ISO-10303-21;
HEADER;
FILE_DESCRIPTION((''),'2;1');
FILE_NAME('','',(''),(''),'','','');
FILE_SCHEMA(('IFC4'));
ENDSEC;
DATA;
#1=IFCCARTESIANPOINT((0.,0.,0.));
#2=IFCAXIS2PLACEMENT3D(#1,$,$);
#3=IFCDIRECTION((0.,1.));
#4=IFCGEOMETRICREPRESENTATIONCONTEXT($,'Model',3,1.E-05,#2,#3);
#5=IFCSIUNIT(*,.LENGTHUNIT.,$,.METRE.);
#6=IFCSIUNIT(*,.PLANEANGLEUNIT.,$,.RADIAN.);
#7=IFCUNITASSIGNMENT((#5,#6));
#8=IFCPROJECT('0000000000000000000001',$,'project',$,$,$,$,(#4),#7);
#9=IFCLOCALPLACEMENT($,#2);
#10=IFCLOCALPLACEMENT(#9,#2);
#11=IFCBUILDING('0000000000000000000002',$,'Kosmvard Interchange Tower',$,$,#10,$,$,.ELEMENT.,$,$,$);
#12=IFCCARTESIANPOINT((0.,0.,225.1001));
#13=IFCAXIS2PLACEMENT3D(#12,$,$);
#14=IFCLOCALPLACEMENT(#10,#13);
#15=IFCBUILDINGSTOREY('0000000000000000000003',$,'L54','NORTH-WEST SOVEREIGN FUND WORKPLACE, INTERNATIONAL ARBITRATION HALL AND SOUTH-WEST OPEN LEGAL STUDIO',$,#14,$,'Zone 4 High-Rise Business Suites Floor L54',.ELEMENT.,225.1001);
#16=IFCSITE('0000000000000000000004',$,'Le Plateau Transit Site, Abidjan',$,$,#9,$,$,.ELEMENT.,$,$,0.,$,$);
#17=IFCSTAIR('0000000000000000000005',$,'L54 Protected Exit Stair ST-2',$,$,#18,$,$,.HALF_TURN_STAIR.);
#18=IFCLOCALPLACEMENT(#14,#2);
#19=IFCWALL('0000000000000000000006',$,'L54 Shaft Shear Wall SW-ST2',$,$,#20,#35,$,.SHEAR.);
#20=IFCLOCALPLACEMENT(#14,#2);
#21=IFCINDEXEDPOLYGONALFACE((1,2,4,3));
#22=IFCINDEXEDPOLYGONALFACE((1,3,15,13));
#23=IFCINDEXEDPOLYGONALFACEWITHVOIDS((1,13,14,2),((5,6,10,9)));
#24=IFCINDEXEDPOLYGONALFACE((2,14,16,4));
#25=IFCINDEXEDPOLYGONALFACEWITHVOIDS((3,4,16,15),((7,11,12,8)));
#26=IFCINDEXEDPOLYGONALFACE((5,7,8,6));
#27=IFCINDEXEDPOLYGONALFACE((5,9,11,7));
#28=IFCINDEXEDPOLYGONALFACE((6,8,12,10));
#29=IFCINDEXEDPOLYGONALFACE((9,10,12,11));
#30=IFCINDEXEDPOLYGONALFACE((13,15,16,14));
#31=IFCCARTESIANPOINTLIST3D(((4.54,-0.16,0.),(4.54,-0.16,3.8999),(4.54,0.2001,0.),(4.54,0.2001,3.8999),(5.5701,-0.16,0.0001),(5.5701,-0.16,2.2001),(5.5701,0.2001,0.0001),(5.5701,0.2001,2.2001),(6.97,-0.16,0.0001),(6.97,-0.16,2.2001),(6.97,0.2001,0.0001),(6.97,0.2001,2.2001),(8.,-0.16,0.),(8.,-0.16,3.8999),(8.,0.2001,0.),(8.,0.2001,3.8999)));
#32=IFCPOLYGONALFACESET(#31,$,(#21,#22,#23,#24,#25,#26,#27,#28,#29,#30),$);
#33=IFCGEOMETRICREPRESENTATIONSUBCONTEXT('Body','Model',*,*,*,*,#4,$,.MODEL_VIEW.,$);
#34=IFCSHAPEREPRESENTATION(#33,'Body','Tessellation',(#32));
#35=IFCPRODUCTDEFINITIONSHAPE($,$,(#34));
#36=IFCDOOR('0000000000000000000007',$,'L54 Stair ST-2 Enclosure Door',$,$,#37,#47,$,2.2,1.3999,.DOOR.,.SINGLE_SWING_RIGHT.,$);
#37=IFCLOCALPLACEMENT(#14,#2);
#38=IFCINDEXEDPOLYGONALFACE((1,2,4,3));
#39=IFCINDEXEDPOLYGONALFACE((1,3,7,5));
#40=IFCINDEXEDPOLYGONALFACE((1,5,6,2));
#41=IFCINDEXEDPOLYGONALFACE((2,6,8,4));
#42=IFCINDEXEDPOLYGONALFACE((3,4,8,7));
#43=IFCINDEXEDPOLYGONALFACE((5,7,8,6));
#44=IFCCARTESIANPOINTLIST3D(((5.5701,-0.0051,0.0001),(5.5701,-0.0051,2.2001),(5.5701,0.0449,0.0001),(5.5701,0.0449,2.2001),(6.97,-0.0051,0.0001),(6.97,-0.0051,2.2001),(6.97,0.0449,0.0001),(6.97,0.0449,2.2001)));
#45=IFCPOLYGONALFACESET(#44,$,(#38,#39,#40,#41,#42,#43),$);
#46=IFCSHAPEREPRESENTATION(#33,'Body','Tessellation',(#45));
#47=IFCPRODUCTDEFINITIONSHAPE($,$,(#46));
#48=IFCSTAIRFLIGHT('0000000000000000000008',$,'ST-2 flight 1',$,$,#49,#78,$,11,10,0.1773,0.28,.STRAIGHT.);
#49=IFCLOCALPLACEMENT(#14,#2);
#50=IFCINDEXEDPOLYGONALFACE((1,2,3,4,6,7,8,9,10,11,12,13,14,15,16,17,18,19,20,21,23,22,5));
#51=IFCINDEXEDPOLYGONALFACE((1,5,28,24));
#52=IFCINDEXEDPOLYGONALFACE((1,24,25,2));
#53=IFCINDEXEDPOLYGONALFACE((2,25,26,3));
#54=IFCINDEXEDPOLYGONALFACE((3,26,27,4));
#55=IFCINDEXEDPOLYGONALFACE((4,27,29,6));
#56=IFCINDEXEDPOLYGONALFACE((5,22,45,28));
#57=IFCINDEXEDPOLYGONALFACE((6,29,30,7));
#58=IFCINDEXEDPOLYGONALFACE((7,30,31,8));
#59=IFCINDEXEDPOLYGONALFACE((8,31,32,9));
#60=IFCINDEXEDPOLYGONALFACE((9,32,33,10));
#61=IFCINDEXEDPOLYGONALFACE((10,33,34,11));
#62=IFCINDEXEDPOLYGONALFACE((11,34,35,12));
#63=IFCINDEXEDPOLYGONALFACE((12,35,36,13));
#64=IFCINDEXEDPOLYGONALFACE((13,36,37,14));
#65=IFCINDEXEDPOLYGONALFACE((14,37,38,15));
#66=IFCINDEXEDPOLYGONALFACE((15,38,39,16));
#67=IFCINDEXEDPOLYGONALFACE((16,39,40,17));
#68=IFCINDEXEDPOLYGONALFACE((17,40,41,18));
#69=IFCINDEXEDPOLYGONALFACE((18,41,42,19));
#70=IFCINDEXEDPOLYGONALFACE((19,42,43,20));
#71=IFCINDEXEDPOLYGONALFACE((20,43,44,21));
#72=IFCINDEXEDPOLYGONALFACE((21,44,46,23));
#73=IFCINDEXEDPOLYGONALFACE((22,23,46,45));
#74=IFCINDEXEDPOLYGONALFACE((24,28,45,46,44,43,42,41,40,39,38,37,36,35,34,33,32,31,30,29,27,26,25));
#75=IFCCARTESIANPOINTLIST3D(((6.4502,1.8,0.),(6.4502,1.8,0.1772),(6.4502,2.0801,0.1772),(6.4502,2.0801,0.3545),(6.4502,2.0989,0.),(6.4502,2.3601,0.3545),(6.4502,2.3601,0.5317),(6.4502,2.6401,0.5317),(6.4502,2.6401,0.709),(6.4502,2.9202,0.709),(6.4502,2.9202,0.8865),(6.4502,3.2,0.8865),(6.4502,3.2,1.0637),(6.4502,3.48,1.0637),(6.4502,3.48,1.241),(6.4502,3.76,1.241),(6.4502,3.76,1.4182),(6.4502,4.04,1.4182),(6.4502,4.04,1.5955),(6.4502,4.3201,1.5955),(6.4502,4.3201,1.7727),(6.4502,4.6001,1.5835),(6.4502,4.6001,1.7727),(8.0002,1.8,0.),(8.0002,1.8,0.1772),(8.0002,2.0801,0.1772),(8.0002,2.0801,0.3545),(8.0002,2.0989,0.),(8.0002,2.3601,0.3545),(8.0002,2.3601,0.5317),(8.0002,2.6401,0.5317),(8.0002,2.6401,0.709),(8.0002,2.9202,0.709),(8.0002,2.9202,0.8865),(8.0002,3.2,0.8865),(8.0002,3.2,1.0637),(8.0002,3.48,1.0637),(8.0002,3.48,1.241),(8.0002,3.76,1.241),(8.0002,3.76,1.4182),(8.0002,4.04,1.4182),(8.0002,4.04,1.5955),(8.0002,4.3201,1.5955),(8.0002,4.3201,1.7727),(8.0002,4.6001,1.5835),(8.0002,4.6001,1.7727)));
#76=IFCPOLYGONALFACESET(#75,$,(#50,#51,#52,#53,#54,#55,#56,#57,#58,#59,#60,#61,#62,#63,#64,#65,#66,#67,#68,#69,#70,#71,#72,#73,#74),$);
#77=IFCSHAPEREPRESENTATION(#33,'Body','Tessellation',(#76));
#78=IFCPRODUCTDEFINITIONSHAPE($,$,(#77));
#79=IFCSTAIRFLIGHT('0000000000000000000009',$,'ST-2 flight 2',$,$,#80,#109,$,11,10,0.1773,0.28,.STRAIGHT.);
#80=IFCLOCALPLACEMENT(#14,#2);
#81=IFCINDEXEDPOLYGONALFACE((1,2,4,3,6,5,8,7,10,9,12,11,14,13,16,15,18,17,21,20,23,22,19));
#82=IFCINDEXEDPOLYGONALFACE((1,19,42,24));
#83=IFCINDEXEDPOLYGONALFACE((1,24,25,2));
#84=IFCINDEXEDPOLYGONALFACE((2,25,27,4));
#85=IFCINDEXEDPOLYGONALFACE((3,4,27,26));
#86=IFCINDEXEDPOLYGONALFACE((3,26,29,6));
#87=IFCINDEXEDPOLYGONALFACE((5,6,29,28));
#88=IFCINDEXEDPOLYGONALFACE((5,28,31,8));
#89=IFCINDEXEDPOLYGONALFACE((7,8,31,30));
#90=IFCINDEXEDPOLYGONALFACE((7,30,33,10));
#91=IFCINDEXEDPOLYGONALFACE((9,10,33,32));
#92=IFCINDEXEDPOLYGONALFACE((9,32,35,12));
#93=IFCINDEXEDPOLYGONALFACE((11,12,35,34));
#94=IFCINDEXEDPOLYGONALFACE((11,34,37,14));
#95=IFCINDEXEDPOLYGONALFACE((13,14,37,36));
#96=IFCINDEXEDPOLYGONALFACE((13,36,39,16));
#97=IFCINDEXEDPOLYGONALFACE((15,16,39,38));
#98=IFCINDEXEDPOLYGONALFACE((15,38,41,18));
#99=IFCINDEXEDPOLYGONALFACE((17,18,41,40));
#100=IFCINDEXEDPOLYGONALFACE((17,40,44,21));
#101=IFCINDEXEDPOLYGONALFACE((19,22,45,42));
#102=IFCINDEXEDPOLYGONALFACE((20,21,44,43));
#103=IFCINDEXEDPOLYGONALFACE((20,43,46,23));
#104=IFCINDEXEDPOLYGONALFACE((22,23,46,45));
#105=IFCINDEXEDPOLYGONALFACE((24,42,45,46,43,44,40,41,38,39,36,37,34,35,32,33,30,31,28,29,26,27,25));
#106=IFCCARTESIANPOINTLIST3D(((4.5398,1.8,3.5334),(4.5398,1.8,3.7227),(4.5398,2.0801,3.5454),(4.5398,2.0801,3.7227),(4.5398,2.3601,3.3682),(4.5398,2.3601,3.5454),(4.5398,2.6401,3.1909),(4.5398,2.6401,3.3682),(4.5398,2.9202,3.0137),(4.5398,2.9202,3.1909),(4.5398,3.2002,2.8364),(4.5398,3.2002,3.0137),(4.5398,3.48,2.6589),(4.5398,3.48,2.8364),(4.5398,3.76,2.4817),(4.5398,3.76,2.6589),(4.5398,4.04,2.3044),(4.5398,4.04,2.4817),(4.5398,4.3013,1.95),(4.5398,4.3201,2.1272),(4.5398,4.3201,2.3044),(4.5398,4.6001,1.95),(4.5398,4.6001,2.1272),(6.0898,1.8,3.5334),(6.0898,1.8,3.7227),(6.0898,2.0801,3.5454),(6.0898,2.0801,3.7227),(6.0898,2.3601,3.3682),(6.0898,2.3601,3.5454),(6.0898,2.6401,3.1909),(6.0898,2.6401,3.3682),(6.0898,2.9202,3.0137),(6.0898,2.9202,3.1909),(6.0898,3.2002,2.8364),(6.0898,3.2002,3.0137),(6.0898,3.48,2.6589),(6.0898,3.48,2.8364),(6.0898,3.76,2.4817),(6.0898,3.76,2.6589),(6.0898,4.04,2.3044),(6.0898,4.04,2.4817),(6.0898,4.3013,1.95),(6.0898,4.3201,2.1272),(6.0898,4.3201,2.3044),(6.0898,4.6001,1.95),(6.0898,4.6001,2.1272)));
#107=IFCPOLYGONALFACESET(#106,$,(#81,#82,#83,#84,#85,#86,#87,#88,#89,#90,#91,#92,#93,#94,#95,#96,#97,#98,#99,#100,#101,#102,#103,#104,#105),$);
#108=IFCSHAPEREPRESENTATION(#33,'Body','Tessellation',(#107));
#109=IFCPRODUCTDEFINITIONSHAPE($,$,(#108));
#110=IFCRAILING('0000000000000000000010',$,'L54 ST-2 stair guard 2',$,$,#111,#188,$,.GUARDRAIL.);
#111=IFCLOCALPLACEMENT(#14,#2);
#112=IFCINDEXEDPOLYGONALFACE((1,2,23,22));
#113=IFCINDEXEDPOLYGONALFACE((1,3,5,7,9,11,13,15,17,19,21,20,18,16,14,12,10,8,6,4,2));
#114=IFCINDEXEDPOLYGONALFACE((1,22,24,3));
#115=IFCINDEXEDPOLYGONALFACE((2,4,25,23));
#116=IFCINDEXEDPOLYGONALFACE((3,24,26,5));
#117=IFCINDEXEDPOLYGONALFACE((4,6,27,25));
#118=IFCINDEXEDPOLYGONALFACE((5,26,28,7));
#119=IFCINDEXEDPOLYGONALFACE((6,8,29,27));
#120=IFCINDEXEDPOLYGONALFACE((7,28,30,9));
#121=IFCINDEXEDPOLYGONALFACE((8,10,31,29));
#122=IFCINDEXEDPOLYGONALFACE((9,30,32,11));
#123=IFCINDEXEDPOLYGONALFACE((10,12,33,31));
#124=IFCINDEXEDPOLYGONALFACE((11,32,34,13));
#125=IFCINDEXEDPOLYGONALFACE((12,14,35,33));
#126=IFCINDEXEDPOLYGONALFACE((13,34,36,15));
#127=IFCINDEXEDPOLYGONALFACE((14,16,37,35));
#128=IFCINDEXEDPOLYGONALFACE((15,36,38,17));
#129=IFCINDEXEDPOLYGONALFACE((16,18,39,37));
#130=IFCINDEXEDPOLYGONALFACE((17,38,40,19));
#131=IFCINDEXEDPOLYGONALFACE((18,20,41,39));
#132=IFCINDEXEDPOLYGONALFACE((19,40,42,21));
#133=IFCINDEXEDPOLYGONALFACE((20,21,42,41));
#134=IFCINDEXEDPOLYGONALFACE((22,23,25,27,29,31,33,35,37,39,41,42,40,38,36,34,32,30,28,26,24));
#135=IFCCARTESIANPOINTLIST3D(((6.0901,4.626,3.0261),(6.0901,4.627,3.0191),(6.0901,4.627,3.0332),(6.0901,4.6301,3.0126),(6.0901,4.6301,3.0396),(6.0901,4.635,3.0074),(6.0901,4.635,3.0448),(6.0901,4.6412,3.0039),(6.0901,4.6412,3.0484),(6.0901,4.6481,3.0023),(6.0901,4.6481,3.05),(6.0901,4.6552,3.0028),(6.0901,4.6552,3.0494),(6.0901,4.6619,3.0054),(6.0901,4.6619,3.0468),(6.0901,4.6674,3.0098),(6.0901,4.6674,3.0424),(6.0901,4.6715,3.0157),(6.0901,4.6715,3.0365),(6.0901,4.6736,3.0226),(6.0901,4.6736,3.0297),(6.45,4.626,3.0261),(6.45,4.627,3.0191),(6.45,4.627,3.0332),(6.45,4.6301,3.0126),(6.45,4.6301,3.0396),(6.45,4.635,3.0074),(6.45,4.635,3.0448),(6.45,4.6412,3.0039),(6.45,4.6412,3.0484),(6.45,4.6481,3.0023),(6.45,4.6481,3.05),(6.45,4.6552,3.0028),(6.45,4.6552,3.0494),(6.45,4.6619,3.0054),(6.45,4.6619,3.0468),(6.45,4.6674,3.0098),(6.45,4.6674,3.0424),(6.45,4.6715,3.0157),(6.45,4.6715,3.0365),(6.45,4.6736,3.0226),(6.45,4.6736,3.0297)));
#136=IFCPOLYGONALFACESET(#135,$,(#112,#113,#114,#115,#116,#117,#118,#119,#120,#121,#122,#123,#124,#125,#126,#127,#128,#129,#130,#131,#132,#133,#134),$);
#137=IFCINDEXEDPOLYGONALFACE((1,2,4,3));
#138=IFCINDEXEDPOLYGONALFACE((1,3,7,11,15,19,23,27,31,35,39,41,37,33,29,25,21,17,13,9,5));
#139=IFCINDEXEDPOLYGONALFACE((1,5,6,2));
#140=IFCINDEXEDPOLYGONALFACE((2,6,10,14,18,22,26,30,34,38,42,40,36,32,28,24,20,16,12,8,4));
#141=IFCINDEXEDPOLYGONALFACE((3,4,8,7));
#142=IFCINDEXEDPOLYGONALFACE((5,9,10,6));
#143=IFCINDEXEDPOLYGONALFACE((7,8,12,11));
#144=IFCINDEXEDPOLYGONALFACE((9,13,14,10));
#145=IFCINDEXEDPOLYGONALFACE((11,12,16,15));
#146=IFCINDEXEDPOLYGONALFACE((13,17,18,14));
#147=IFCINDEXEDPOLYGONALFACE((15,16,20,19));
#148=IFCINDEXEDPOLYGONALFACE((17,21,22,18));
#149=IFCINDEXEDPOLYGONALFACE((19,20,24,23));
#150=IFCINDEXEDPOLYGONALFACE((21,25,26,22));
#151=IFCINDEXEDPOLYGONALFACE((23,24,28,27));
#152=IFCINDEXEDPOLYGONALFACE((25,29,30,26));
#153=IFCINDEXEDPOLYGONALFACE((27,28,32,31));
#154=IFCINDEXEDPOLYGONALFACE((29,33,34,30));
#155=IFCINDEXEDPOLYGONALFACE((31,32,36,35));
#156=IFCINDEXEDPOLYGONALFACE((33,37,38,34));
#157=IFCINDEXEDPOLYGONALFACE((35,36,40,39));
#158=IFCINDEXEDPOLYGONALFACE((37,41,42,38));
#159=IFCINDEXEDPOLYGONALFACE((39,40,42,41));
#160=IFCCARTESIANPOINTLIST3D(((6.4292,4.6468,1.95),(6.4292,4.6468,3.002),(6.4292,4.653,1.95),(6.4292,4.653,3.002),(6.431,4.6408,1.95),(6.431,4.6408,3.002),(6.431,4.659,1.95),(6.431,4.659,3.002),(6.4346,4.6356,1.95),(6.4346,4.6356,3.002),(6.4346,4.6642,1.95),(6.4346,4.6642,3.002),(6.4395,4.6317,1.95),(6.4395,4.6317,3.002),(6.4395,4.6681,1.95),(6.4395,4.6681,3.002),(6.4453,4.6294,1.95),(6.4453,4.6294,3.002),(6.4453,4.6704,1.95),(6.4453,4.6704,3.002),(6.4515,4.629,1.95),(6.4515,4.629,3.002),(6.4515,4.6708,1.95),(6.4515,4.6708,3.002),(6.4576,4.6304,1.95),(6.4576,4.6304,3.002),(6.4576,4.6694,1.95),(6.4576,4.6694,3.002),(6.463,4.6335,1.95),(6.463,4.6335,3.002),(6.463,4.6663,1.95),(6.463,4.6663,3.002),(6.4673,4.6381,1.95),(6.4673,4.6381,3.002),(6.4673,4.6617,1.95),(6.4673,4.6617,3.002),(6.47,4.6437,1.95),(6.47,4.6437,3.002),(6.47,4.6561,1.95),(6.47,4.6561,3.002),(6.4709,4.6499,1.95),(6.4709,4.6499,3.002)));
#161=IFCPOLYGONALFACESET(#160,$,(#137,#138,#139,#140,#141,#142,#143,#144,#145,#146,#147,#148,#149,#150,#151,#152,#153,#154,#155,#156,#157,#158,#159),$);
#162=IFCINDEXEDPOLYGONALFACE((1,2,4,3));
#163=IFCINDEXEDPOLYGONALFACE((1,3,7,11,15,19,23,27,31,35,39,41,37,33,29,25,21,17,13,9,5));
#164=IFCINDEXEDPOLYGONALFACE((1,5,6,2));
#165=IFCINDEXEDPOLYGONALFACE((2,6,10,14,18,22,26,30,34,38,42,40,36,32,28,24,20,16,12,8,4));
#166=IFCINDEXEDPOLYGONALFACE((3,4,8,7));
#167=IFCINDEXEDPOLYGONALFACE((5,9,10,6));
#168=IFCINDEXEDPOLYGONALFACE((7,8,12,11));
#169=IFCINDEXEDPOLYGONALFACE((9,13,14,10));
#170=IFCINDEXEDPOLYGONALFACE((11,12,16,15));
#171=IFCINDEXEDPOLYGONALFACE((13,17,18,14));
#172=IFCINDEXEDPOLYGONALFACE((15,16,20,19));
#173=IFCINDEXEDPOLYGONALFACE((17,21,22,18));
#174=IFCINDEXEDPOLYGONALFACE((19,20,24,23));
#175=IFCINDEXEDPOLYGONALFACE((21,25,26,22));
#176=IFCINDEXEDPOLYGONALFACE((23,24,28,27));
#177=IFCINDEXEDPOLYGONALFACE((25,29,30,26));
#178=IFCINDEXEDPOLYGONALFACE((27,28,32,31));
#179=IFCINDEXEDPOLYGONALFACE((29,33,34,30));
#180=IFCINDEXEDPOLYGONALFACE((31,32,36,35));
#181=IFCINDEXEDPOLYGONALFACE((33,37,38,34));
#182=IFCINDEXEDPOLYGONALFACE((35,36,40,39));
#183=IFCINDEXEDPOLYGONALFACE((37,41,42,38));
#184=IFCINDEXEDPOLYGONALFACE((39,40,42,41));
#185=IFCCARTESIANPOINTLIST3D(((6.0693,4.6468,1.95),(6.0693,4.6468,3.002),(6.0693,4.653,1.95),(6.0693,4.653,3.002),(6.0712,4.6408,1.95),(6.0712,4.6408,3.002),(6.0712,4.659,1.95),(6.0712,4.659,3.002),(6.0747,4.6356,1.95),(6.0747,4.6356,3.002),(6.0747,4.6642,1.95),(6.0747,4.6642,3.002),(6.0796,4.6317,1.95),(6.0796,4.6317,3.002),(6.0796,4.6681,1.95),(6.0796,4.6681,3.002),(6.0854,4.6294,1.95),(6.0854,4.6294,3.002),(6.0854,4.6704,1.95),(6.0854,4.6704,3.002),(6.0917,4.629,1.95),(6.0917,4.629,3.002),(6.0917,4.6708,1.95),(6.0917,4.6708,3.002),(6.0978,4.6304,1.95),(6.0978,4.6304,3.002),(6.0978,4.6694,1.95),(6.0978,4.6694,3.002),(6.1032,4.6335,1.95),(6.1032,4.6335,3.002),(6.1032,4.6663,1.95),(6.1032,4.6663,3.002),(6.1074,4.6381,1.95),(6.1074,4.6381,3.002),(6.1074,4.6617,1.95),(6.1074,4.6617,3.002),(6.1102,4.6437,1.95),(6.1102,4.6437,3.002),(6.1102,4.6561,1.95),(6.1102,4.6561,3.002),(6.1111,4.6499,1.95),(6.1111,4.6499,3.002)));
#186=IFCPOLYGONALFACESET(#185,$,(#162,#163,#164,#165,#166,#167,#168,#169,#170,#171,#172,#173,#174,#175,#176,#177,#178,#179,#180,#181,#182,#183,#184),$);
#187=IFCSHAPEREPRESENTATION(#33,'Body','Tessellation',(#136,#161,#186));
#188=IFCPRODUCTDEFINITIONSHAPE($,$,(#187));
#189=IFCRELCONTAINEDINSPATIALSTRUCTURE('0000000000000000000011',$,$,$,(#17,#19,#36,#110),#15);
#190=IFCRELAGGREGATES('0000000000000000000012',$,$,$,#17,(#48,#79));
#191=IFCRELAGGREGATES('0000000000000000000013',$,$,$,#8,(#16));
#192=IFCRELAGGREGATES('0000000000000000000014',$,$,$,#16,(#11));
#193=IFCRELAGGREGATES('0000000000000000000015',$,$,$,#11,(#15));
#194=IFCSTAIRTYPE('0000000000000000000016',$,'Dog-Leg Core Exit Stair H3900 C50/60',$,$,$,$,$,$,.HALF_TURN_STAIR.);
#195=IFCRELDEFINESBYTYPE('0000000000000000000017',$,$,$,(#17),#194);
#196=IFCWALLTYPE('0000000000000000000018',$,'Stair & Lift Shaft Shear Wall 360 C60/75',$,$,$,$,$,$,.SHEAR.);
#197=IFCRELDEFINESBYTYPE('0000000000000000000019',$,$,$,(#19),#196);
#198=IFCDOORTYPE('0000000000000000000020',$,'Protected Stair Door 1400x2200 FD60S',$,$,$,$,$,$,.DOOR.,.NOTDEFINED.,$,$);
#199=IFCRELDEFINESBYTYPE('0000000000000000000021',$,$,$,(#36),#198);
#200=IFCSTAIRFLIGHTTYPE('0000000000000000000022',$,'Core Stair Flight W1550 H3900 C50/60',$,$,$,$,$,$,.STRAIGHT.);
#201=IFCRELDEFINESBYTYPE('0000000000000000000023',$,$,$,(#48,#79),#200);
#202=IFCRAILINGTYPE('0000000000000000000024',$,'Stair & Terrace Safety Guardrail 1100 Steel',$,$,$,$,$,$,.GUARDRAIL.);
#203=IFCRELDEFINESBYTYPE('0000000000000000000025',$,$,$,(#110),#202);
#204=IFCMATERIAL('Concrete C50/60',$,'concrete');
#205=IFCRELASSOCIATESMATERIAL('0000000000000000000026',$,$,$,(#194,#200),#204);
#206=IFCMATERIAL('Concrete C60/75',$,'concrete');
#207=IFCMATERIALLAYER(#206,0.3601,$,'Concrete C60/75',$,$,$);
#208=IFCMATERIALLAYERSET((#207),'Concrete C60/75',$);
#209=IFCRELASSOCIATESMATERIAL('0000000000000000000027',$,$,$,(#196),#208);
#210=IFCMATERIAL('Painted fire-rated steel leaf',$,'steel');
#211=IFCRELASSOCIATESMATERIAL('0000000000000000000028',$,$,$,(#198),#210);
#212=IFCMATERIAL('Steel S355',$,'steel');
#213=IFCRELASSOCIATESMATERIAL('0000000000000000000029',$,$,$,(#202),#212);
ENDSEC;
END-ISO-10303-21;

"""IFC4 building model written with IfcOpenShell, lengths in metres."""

from ifc_helpers import new_model, si_unit, direction, frame, frame_2d, origin, origin_2d, place, context, subcontext, project, spatial, polyline, rectangle, circle, outline, extrude, source, transform, mapped, material, layer, layer_set, type_object, element, fill, aggregate, save


model = new_model("IFC4")

# Units and contexts
model_context = context("Model", 3, precision=1e-05, world=origin(), true_north=direction((0.0, 1.0)))
body_context = subcontext(model_context, "Body", "Model", "MODEL_VIEW")
ifc_project = project(units=[si_unit("LENGTHUNIT", "METRE"), si_unit("PLANEANGLEUNIT", "RADIAN")], contexts=[model_context])

# Site, building, storey
site_placement = place(None, origin())
site = spatial("IfcSite", under=ifc_project, at=site_placement, Name="Le Plateau Transit Site, Abidjan", CompositionType="ELEMENT", RefElevation=0.0)
building_placement = place(site_placement, origin())
building = spatial("IfcBuilding", under=site, at=building_placement, Name="Kosmvard Interchange Tower", CompositionType="ELEMENT")
storey_placement = place(building_placement, frame((0.0, 0.0, 225.1001)))
storey = spatial("IfcBuildingStorey", under=building, at=storey_placement, Name="L54", Description="NORTH-WEST SOVEREIGN FUND WORKPLACE, INTERNATIONAL ARBITRATION HALL AND SOUTH-WEST OPEN LEGAL STUDIO", LongName="Zone 4 High-Rise Business Suites Floor L54", CompositionType="ELEMENT", Elevation=225.1001)

# Shared definitions
ifc_material_1 = material(Name="Concrete C50/60", Category="concrete")

# Stair
stair_type = type_object("IfcStairType", Name="Dog-Leg Core Exit Stair H3900 C50/60", PredefinedType="HALF_TURN_STAIR", material=ifc_material_1)
stair_1_placement = place(storey_placement, origin())
stair_1 = element("IfcStair", 1, at=stair_1_placement, inside=storey, type_object=stair_type, Name="L54 Protected Exit Stair ST-2", PredefinedType="HALF_TURN_STAIR")

# Wall, opening, door
ifc_material_2 = material(Name="Concrete C60/75", Category="concrete")
ifc_layer_1 = layer(ifc_material_2, 0.3601, Name="Concrete C60/75")
ifc_layer_set_1 = layer_set([ifc_layer_1], Name="Concrete C60/75")
wall_type_1 = type_object("IfcWallType", Name="Stair & Lift Shaft Shear Wall 360 C60/75", PredefinedType="SHEAR", material=ifc_layer_set_1)
wall_1_placement = place(storey_placement, frame((4.54, 0.02, 0.0), z_axis=(0.0, 0.0, 1.0), x_axis=(1.0, 0.0, 0.0)))
wall_1 = element("IfcWall", 2, at=wall_1_placement, inside=storey, type_object=wall_type_1, Name="L54 Shaft Shear Wall SW-ST2", PredefinedType="SHEAR", context=body_context, shape_type="SweptSolid", body=[
    extrude(rectangle(XDim=3.46, YDim=0.3601, at=frame_2d((1.73, 0.0))), origin(), (0.0, 0.0, 1.0), 3.8999),
])
opening_1_placement = place(wall_1_placement, frame((1.03, 0.0, 0.0)))
opening_1 = element("IfcOpeningElement", 3, at=opening_1_placement, cuts=wall_1, PredefinedType="OPENING", context=body_context, shape_type="SweptSolid", body=[
    extrude(rectangle(XDim=1.3999, YDim=2.2, at=frame_2d((0.7, 1.1001))), frame((0.0, 0.1899, 0.0), z_axis=(0.0, -1.0, 0.0), x_axis=(1.0, 0.0, 0.0)), (0.0, 0.0, 1.0), 0.3801),
])
ifc_material_3 = material(Name="Painted fire-rated steel leaf", Category="steel")
door_type_1 = type_object("IfcDoorType", Name="Protected Stair Door 1400x2200 FD60S", OperationType="NOTDEFINED", PredefinedType="DOOR", material=ifc_material_3)
shared_shape_1 = source(origin(), body_context, "Body", "SweptSolid", [
    extrude(rectangle(XDim=1.3999, YDim=2.2, at=frame_2d((0.7, 1.1001))), frame((0.0, 0.0249, 0.0), z_axis=(0.0, -1.0, 0.0), x_axis=(1.0, 0.0, 0.0)), (0.0, 0.0, 1.0), 0.05),
])
door_1_placement = place(opening_1_placement, origin())
door_1 = element("IfcDoor", 4, at=door_1_placement, inside=storey, type_object=door_type_1, Name="L54 Stair ST-2 Enclosure Door", OperationType="SINGLE_SWING_RIGHT", OverallHeight=2.2, OverallWidth=1.3999, PredefinedType="DOOR", context=body_context, shape_type="MappedRepresentation", body=[
    mapped(shared_shape_1, transform((0.0, 0.0, 0.0), scale=1.0)),
])
fill(opening_1, door_1)

# Stair flights
stair_flight_type = type_object("IfcStairFlightType", Name="Core Stair Flight W1550 H3900 C50/60", PredefinedType="STRAIGHT", material=ifc_material_1)
shared_shape_2 = source(origin(), body_context, "Body", "SweptSolid", [
    extrude(outline(polyline([(0.0, 0.0), (0.0, 0.1772), (0.28, 0.1772), (0.28, 0.3545), (0.5601, 0.3545), (0.5601, 0.5317), (0.8401, 0.5317), (0.8401, 0.709), (1.1201, 0.709), (1.1201, 0.8865), (1.3999, 0.8865), (1.3999, 1.0637), (1.6799, 1.0637), (1.6799, 1.241), (1.96, 1.241), (1.96, 1.4182), (2.24, 1.4182), (2.24, 1.5955), (2.52, 1.5955), (2.52, 1.7727), (2.8, 1.7727), (2.8, 1.95), (2.8, 1.5835), (0.2988, 0.0), (0.0, 0.0)])), frame((0.0, 0.7749, 0.0), z_axis=(0.0, -1.0, 0.0), x_axis=(1.0, 0.0, 0.0)), (0.0, 0.0, 1.0), 1.55),
])
stair_flight_1_placement = place(storey_placement, frame((7.2251, 1.8, 0.0), z_axis=(0.0, 0.0, 1.0), x_axis=(0.0, 1.0, 0.0)))
stair_flight_1 = element("IfcStairFlight", 5, at=stair_flight_1_placement, type_object=stair_flight_type, Name="ST-2 flight 1", NumberOfRisers=11, NumberOfTreads=10, PredefinedType="STRAIGHT", RiserHeight=0.1773, TreadLength=0.28, context=body_context, shape_type="MappedRepresentation", body=[
    mapped(shared_shape_2, transform((0.0, 0.0, 0.0), scale=1.0)),
])
stair_flight_2_placement = place(storey_placement, frame((5.3149, 4.6001, 1.95), z_axis=(0.0, 0.0, 1.0), x_axis=(0.0, -1.0, 0.0)))
stair_flight_2 = element("IfcStairFlight", 6, at=stair_flight_2_placement, type_object=stair_flight_type, Name="ST-2 flight 2", NumberOfRisers=11, NumberOfTreads=10, PredefinedType="STRAIGHT", RiserHeight=0.1773, TreadLength=0.28, context=body_context, shape_type="MappedRepresentation", body=[
    mapped(shared_shape_2, transform((0.0, 0.0, 0.0), scale=1.0)),
])
aggregate(stair_1, [stair_flight_1, stair_flight_2])

# Railing
ifc_material_4 = material(Name="Steel S355", Category="steel")
railing_type_1 = type_object("IfcRailingType", Name="Stair & Terrace Safety Guardrail 1100 Steel", PredefinedType="GUARDRAIL", material=ifc_material_4)
shared_shape_3 = source(origin(), body_context, "Body", "SweptSolid", [
    extrude(circle(Radius=0.0239, at=origin_2d()), frame((0.0, 0.0, 1.0762), z_axis=(-1.0, 0.0, 0.0), x_axis=(0.0, -1.0, 0.0)), (0.0, 0.0, 1.0), 0.3599),
    extrude(circle(Radius=0.021, at=origin_2d()), origin(), (0.0, 0.0, 1.0), 1.052),
    extrude(circle(Radius=0.021, at=origin_2d()), frame((-0.3599, 0.0, 0.0)), (0.0, 0.0, 1.0), 1.052),
])
for number, where, name in (
    (7, (6.45, 4.6499, 1.95), "L54 ST-2 stair guard 2"),
):
    element("IfcRailing", number, at=place(storey_placement, frame(where)), inside=storey, type_object=railing_type_1, Name=name, PredefinedType="GUARDRAIL", context=body_context, shape_type="MappedRepresentation", body=[
        mapped(shared_shape_3, transform((0.0, 0.0, 0.0), scale=1.0)),
    ])

save(model, "model.ifc")
